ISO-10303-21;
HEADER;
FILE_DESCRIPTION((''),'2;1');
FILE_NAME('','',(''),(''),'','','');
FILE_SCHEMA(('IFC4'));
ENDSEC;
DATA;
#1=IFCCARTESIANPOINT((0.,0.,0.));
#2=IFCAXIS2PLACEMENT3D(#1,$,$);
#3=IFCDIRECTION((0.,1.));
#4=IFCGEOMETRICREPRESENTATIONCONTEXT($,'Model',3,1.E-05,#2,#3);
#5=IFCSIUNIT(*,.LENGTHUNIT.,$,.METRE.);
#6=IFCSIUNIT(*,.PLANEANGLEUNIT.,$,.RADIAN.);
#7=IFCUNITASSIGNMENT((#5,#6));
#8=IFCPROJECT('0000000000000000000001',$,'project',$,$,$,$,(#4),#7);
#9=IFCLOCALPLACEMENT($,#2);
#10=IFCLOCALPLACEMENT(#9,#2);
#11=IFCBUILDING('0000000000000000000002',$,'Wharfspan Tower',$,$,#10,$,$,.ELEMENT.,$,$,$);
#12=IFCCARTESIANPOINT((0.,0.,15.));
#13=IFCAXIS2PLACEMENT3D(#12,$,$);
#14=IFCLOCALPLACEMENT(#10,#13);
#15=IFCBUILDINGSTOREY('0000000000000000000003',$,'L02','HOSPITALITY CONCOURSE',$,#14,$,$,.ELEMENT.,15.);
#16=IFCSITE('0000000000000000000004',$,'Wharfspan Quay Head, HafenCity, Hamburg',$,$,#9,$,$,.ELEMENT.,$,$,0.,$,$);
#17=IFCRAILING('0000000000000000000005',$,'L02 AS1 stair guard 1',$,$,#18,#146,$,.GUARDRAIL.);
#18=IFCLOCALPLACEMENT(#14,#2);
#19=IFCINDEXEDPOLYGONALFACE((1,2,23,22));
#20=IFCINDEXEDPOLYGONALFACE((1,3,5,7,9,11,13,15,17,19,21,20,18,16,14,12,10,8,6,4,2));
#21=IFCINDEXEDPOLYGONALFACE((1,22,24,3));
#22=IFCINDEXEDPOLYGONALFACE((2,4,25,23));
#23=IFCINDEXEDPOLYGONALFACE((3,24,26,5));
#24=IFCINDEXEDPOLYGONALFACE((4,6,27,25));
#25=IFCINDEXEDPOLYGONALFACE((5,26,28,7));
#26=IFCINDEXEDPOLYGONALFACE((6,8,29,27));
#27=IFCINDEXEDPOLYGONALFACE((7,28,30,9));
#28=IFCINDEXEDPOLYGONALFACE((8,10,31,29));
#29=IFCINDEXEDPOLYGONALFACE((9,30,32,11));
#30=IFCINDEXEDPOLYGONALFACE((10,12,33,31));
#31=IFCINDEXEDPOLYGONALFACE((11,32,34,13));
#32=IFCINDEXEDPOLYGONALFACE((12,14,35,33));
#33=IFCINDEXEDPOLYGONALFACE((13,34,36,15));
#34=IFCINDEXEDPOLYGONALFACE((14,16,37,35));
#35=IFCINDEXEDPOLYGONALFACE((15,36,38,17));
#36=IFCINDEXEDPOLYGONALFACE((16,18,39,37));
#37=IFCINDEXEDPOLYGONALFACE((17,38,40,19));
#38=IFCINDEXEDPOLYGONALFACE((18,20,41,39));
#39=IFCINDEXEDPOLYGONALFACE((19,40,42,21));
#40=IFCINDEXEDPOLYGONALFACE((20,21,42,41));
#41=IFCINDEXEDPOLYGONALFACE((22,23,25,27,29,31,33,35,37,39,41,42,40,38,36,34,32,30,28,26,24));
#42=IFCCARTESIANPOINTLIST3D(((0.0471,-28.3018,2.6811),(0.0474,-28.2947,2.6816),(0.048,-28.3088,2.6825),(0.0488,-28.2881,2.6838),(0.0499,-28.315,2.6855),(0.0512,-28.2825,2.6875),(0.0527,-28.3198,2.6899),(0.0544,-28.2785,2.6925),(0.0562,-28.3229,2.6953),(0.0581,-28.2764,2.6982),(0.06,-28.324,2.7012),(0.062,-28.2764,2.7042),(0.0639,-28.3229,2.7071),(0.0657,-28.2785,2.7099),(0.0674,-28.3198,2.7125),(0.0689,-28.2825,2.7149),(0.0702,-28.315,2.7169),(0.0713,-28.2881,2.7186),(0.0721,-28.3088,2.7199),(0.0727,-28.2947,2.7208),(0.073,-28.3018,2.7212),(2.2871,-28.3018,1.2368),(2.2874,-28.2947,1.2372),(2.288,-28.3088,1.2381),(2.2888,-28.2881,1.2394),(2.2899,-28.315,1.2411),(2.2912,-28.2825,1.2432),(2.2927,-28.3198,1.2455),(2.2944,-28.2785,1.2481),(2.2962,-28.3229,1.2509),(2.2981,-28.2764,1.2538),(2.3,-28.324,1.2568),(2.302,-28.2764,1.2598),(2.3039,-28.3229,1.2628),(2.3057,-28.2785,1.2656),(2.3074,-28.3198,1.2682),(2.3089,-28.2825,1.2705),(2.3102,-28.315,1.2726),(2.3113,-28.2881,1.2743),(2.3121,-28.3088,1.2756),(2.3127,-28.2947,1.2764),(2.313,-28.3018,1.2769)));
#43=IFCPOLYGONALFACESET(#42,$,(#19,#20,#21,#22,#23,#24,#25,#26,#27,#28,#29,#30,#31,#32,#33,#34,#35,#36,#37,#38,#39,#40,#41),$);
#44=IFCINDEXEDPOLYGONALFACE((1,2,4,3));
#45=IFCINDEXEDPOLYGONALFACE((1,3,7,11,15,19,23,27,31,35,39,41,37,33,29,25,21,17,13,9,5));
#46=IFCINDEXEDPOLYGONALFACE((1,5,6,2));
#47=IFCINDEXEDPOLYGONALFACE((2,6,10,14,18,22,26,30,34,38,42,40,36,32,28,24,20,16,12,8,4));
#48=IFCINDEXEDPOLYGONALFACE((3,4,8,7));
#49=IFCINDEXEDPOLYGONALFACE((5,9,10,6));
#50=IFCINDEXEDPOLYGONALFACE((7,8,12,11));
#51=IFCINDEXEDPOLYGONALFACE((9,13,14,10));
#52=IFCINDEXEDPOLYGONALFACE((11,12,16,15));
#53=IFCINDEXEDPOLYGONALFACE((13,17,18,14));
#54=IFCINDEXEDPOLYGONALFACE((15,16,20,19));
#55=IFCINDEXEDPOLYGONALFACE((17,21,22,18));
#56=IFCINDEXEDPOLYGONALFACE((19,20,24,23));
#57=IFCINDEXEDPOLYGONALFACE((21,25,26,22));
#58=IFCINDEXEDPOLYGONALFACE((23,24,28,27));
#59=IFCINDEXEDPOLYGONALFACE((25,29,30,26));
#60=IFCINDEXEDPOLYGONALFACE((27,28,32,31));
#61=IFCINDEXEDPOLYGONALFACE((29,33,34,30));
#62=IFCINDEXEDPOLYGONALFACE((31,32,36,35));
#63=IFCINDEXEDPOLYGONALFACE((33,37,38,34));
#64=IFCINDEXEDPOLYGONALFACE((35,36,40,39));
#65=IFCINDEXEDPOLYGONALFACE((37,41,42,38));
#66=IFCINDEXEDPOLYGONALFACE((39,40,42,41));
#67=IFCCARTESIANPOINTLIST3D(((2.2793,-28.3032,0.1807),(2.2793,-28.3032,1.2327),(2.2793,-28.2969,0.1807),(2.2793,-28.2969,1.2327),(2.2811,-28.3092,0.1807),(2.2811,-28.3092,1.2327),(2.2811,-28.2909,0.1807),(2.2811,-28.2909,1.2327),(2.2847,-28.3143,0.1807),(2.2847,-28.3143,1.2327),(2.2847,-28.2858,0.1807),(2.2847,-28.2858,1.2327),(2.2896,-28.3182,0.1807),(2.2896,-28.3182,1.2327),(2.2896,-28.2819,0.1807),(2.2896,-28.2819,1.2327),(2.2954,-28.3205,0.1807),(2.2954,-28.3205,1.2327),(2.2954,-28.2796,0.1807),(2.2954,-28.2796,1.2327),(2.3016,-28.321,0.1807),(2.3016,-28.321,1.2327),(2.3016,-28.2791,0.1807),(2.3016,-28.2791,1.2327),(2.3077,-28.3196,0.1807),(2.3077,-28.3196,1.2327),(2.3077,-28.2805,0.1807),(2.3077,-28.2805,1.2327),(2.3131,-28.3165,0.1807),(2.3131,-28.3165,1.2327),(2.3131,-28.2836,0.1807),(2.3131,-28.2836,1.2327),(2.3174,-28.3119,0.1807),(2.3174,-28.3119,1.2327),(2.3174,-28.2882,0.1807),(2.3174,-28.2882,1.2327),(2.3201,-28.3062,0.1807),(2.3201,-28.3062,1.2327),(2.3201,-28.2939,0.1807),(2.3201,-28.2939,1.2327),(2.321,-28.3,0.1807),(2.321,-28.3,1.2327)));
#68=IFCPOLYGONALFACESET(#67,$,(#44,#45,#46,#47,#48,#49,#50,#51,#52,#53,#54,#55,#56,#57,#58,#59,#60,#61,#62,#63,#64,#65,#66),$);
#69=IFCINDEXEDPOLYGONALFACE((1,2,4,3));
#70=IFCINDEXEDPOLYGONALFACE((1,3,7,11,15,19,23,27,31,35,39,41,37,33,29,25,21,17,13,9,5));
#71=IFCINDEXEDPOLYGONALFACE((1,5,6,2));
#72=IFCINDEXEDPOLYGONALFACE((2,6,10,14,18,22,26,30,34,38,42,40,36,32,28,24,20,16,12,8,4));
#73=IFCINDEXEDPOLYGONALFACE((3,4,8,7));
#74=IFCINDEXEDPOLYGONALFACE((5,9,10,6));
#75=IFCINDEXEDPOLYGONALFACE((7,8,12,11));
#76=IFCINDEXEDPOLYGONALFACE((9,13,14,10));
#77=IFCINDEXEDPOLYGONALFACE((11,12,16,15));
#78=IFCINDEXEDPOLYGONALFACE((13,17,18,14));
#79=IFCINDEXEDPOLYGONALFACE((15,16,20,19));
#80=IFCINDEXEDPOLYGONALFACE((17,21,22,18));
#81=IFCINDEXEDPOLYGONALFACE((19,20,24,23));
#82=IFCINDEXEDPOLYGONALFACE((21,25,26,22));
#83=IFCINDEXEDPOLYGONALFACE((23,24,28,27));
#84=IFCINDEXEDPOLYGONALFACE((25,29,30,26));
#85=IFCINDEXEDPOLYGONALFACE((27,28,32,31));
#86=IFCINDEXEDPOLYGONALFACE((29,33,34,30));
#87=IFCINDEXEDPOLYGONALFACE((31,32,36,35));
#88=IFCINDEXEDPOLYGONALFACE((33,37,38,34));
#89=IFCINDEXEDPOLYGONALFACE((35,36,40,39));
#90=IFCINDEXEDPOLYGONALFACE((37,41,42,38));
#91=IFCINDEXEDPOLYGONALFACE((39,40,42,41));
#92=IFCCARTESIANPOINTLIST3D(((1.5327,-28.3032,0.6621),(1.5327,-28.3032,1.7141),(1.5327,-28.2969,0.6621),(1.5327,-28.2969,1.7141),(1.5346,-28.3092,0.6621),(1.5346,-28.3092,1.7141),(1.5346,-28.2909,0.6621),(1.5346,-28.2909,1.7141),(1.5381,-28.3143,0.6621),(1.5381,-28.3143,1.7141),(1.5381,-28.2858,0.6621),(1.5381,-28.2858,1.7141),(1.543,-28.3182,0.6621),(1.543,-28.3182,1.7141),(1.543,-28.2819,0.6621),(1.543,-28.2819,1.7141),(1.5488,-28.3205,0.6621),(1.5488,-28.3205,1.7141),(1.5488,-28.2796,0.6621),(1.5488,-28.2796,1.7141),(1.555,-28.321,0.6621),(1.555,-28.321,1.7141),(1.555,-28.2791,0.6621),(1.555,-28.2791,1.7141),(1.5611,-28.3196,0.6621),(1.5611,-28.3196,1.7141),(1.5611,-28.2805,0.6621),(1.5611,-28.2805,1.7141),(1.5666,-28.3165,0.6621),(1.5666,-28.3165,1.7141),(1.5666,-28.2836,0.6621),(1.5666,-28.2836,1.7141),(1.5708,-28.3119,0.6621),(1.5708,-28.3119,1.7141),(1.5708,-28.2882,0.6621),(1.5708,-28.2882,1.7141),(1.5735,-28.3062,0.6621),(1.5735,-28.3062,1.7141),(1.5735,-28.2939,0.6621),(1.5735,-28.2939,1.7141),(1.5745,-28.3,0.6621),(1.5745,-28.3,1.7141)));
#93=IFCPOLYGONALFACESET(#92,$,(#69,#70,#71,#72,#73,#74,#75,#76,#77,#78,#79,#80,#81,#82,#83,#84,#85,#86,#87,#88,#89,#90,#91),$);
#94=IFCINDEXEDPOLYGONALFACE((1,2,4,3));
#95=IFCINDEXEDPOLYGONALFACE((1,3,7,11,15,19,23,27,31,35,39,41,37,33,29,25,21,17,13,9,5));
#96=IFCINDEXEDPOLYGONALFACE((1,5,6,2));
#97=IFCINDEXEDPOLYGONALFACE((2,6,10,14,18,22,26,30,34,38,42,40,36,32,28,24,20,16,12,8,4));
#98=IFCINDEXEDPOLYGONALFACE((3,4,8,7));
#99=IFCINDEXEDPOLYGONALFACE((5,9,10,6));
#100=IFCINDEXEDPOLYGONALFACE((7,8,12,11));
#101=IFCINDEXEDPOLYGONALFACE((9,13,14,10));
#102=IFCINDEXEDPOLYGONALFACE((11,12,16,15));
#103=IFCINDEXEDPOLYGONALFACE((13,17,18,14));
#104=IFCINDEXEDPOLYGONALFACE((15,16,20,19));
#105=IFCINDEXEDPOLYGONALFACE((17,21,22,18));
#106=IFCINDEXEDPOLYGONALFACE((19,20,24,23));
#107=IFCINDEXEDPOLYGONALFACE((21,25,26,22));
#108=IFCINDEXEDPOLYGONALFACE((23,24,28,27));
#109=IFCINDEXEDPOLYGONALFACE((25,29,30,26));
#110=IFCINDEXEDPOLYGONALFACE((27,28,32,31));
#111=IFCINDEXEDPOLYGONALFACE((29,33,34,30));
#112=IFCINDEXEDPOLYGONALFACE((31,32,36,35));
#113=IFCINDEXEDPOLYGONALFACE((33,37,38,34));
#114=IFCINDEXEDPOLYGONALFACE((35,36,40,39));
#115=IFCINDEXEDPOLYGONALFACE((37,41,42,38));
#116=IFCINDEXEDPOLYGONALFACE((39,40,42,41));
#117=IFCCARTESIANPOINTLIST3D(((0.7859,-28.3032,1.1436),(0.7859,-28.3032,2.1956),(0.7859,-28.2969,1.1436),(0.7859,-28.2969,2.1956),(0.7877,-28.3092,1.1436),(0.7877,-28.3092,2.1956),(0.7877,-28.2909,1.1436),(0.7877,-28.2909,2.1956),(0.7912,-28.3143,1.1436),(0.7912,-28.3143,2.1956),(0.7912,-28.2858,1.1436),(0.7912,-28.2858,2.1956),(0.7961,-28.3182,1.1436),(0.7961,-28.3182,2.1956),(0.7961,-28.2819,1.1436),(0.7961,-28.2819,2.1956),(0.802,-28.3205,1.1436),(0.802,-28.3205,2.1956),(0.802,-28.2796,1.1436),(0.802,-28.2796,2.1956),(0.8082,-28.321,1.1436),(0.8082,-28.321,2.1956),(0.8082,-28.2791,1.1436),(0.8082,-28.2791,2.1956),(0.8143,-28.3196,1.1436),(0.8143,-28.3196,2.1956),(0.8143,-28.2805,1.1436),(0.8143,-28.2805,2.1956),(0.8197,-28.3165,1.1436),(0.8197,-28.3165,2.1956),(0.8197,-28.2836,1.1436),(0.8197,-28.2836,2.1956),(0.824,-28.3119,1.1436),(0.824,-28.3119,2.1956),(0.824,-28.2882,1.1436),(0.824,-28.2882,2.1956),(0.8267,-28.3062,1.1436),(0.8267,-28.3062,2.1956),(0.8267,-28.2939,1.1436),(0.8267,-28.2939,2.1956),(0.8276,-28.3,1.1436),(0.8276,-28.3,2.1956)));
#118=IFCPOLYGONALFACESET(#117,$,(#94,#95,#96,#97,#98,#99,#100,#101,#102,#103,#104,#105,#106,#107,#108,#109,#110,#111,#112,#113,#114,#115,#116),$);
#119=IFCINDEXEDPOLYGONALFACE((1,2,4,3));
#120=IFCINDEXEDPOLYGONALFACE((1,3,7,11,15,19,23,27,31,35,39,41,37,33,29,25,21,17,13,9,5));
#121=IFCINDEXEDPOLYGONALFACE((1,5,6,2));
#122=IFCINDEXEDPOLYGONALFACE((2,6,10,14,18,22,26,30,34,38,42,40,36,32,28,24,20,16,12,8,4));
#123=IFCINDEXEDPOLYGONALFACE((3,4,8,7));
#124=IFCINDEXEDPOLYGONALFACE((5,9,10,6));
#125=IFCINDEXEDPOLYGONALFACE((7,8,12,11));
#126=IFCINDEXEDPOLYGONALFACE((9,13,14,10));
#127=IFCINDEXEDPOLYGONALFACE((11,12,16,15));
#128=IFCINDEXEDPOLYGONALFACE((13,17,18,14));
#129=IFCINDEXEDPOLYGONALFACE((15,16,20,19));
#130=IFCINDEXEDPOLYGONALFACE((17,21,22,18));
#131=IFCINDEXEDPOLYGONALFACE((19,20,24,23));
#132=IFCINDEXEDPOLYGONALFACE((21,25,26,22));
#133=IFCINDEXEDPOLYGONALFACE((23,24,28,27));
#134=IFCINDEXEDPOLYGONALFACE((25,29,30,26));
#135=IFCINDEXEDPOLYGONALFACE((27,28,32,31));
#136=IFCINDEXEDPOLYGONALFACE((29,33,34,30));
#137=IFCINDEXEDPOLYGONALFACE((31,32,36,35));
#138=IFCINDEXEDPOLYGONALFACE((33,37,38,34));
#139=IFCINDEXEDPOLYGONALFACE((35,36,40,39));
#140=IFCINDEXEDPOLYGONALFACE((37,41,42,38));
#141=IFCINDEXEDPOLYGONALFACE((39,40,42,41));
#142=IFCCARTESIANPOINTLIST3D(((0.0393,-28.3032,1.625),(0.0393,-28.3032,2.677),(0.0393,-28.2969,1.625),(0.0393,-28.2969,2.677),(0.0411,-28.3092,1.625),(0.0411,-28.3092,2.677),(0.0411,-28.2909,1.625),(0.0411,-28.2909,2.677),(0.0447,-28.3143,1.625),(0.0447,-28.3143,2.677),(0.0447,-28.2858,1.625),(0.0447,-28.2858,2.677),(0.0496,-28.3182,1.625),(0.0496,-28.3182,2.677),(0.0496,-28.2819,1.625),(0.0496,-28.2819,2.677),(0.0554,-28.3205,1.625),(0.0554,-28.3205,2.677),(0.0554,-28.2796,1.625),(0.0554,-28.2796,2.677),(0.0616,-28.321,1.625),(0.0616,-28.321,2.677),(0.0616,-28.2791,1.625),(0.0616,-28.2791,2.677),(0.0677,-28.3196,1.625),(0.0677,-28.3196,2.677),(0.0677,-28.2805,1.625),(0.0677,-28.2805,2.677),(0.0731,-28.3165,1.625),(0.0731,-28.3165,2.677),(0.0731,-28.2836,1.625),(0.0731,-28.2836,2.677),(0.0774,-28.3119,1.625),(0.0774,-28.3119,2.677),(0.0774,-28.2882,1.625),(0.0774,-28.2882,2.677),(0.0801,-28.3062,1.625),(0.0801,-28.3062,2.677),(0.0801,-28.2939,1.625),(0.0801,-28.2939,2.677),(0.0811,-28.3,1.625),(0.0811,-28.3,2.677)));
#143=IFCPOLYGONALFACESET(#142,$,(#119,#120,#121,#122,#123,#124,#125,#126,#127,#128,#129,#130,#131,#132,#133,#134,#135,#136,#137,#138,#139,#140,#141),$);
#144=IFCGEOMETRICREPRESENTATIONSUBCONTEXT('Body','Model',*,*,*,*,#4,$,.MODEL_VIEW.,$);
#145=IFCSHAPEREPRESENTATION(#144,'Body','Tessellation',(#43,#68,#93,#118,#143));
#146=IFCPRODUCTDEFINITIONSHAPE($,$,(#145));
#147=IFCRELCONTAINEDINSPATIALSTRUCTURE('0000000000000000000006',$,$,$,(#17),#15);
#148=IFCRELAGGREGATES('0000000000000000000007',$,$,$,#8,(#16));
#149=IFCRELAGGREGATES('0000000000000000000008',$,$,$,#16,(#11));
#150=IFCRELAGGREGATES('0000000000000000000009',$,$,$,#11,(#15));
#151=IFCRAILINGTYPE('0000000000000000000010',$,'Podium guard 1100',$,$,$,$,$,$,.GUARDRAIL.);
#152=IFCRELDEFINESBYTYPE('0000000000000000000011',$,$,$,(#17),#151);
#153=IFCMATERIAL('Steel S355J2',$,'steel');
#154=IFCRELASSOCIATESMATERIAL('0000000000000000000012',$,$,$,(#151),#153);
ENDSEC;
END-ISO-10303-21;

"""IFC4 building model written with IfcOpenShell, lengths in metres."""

from ifc_helpers import new_model, si_unit, direction, frame, origin, origin_2d, place, context, subcontext, project, spatial, circle, extrude, material, type_object, element, save


model = new_model("IFC4")

# Units and contexts
model_context = context("Model", 3, precision=1e-05, world=origin(), true_north=direction((0.0, 1.0)))
body_context = subcontext(model_context, "Body", "Model", "MODEL_VIEW")
ifc_project = project(units=[si_unit("LENGTHUNIT", "METRE"), si_unit("PLANEANGLEUNIT", "RADIAN")], contexts=[model_context])

# Site, building, storey
site_placement = place(None, origin())
site = spatial("IfcSite", under=ifc_project, at=site_placement, Name="Wharfspan Quay Head, HafenCity, Hamburg", CompositionType="ELEMENT", RefElevation=0.0)
building_placement = place(site_placement, origin())
building = spatial("IfcBuilding", under=site, at=building_placement, Name="Wharfspan Tower", CompositionType="ELEMENT")
storey_placement = place(building_placement, frame((0.0, 0.0, 15.0)))
storey = spatial("IfcBuildingStorey", under=building, at=storey_placement, Name="L02", Description="HOSPITALITY CONCOURSE", CompositionType="ELEMENT", Elevation=15.0)

# Railing
ifc_material_1 = material(Name="Steel S355J2", Category="steel")
railing_type_1 = type_object("IfcRailingType", Name="Podium guard 1100", PredefinedType="GUARDRAIL", material=ifc_material_1)
railing_1_placement = place(storey_placement, frame((2.3, -28.3, 0.1807)))
element("IfcRailing", 1, at=railing_1_placement, inside=storey, type_object=railing_type_1, Name="L02 AS1 stair guard 1", PredefinedType="GUARDRAIL", context=body_context, shape_type="SweptSolid", body=[
    extrude(circle(Radius=0.0239, at=origin_2d()), frame((0.0, 0.0, 1.0762), z_axis=(-0.840437, 0.0, 0.54191), x_axis=(0.0, -1.0, 0.0)), (0.0, 0.0, 1.0), 2.6653),
    extrude(circle(Radius=0.021, at=origin_2d()), origin(), (0.0, 0.0, 1.0), 1.052),
    extrude(circle(Radius=0.021, at=origin_2d()), frame((-0.7466, 0.0, 0.4814)), (0.0, 0.0, 1.0), 1.052),
    extrude(circle(Radius=0.021, at=origin_2d()), frame((-1.4934, 0.0, 0.9629)), (0.0, 0.0, 1.0), 1.052),
    extrude(circle(Radius=0.021, at=origin_2d()), frame((-2.24, 0.0, 1.4443)), (0.0, 0.0, 1.0), 1.052),
])

save(model, "model.ifc")
